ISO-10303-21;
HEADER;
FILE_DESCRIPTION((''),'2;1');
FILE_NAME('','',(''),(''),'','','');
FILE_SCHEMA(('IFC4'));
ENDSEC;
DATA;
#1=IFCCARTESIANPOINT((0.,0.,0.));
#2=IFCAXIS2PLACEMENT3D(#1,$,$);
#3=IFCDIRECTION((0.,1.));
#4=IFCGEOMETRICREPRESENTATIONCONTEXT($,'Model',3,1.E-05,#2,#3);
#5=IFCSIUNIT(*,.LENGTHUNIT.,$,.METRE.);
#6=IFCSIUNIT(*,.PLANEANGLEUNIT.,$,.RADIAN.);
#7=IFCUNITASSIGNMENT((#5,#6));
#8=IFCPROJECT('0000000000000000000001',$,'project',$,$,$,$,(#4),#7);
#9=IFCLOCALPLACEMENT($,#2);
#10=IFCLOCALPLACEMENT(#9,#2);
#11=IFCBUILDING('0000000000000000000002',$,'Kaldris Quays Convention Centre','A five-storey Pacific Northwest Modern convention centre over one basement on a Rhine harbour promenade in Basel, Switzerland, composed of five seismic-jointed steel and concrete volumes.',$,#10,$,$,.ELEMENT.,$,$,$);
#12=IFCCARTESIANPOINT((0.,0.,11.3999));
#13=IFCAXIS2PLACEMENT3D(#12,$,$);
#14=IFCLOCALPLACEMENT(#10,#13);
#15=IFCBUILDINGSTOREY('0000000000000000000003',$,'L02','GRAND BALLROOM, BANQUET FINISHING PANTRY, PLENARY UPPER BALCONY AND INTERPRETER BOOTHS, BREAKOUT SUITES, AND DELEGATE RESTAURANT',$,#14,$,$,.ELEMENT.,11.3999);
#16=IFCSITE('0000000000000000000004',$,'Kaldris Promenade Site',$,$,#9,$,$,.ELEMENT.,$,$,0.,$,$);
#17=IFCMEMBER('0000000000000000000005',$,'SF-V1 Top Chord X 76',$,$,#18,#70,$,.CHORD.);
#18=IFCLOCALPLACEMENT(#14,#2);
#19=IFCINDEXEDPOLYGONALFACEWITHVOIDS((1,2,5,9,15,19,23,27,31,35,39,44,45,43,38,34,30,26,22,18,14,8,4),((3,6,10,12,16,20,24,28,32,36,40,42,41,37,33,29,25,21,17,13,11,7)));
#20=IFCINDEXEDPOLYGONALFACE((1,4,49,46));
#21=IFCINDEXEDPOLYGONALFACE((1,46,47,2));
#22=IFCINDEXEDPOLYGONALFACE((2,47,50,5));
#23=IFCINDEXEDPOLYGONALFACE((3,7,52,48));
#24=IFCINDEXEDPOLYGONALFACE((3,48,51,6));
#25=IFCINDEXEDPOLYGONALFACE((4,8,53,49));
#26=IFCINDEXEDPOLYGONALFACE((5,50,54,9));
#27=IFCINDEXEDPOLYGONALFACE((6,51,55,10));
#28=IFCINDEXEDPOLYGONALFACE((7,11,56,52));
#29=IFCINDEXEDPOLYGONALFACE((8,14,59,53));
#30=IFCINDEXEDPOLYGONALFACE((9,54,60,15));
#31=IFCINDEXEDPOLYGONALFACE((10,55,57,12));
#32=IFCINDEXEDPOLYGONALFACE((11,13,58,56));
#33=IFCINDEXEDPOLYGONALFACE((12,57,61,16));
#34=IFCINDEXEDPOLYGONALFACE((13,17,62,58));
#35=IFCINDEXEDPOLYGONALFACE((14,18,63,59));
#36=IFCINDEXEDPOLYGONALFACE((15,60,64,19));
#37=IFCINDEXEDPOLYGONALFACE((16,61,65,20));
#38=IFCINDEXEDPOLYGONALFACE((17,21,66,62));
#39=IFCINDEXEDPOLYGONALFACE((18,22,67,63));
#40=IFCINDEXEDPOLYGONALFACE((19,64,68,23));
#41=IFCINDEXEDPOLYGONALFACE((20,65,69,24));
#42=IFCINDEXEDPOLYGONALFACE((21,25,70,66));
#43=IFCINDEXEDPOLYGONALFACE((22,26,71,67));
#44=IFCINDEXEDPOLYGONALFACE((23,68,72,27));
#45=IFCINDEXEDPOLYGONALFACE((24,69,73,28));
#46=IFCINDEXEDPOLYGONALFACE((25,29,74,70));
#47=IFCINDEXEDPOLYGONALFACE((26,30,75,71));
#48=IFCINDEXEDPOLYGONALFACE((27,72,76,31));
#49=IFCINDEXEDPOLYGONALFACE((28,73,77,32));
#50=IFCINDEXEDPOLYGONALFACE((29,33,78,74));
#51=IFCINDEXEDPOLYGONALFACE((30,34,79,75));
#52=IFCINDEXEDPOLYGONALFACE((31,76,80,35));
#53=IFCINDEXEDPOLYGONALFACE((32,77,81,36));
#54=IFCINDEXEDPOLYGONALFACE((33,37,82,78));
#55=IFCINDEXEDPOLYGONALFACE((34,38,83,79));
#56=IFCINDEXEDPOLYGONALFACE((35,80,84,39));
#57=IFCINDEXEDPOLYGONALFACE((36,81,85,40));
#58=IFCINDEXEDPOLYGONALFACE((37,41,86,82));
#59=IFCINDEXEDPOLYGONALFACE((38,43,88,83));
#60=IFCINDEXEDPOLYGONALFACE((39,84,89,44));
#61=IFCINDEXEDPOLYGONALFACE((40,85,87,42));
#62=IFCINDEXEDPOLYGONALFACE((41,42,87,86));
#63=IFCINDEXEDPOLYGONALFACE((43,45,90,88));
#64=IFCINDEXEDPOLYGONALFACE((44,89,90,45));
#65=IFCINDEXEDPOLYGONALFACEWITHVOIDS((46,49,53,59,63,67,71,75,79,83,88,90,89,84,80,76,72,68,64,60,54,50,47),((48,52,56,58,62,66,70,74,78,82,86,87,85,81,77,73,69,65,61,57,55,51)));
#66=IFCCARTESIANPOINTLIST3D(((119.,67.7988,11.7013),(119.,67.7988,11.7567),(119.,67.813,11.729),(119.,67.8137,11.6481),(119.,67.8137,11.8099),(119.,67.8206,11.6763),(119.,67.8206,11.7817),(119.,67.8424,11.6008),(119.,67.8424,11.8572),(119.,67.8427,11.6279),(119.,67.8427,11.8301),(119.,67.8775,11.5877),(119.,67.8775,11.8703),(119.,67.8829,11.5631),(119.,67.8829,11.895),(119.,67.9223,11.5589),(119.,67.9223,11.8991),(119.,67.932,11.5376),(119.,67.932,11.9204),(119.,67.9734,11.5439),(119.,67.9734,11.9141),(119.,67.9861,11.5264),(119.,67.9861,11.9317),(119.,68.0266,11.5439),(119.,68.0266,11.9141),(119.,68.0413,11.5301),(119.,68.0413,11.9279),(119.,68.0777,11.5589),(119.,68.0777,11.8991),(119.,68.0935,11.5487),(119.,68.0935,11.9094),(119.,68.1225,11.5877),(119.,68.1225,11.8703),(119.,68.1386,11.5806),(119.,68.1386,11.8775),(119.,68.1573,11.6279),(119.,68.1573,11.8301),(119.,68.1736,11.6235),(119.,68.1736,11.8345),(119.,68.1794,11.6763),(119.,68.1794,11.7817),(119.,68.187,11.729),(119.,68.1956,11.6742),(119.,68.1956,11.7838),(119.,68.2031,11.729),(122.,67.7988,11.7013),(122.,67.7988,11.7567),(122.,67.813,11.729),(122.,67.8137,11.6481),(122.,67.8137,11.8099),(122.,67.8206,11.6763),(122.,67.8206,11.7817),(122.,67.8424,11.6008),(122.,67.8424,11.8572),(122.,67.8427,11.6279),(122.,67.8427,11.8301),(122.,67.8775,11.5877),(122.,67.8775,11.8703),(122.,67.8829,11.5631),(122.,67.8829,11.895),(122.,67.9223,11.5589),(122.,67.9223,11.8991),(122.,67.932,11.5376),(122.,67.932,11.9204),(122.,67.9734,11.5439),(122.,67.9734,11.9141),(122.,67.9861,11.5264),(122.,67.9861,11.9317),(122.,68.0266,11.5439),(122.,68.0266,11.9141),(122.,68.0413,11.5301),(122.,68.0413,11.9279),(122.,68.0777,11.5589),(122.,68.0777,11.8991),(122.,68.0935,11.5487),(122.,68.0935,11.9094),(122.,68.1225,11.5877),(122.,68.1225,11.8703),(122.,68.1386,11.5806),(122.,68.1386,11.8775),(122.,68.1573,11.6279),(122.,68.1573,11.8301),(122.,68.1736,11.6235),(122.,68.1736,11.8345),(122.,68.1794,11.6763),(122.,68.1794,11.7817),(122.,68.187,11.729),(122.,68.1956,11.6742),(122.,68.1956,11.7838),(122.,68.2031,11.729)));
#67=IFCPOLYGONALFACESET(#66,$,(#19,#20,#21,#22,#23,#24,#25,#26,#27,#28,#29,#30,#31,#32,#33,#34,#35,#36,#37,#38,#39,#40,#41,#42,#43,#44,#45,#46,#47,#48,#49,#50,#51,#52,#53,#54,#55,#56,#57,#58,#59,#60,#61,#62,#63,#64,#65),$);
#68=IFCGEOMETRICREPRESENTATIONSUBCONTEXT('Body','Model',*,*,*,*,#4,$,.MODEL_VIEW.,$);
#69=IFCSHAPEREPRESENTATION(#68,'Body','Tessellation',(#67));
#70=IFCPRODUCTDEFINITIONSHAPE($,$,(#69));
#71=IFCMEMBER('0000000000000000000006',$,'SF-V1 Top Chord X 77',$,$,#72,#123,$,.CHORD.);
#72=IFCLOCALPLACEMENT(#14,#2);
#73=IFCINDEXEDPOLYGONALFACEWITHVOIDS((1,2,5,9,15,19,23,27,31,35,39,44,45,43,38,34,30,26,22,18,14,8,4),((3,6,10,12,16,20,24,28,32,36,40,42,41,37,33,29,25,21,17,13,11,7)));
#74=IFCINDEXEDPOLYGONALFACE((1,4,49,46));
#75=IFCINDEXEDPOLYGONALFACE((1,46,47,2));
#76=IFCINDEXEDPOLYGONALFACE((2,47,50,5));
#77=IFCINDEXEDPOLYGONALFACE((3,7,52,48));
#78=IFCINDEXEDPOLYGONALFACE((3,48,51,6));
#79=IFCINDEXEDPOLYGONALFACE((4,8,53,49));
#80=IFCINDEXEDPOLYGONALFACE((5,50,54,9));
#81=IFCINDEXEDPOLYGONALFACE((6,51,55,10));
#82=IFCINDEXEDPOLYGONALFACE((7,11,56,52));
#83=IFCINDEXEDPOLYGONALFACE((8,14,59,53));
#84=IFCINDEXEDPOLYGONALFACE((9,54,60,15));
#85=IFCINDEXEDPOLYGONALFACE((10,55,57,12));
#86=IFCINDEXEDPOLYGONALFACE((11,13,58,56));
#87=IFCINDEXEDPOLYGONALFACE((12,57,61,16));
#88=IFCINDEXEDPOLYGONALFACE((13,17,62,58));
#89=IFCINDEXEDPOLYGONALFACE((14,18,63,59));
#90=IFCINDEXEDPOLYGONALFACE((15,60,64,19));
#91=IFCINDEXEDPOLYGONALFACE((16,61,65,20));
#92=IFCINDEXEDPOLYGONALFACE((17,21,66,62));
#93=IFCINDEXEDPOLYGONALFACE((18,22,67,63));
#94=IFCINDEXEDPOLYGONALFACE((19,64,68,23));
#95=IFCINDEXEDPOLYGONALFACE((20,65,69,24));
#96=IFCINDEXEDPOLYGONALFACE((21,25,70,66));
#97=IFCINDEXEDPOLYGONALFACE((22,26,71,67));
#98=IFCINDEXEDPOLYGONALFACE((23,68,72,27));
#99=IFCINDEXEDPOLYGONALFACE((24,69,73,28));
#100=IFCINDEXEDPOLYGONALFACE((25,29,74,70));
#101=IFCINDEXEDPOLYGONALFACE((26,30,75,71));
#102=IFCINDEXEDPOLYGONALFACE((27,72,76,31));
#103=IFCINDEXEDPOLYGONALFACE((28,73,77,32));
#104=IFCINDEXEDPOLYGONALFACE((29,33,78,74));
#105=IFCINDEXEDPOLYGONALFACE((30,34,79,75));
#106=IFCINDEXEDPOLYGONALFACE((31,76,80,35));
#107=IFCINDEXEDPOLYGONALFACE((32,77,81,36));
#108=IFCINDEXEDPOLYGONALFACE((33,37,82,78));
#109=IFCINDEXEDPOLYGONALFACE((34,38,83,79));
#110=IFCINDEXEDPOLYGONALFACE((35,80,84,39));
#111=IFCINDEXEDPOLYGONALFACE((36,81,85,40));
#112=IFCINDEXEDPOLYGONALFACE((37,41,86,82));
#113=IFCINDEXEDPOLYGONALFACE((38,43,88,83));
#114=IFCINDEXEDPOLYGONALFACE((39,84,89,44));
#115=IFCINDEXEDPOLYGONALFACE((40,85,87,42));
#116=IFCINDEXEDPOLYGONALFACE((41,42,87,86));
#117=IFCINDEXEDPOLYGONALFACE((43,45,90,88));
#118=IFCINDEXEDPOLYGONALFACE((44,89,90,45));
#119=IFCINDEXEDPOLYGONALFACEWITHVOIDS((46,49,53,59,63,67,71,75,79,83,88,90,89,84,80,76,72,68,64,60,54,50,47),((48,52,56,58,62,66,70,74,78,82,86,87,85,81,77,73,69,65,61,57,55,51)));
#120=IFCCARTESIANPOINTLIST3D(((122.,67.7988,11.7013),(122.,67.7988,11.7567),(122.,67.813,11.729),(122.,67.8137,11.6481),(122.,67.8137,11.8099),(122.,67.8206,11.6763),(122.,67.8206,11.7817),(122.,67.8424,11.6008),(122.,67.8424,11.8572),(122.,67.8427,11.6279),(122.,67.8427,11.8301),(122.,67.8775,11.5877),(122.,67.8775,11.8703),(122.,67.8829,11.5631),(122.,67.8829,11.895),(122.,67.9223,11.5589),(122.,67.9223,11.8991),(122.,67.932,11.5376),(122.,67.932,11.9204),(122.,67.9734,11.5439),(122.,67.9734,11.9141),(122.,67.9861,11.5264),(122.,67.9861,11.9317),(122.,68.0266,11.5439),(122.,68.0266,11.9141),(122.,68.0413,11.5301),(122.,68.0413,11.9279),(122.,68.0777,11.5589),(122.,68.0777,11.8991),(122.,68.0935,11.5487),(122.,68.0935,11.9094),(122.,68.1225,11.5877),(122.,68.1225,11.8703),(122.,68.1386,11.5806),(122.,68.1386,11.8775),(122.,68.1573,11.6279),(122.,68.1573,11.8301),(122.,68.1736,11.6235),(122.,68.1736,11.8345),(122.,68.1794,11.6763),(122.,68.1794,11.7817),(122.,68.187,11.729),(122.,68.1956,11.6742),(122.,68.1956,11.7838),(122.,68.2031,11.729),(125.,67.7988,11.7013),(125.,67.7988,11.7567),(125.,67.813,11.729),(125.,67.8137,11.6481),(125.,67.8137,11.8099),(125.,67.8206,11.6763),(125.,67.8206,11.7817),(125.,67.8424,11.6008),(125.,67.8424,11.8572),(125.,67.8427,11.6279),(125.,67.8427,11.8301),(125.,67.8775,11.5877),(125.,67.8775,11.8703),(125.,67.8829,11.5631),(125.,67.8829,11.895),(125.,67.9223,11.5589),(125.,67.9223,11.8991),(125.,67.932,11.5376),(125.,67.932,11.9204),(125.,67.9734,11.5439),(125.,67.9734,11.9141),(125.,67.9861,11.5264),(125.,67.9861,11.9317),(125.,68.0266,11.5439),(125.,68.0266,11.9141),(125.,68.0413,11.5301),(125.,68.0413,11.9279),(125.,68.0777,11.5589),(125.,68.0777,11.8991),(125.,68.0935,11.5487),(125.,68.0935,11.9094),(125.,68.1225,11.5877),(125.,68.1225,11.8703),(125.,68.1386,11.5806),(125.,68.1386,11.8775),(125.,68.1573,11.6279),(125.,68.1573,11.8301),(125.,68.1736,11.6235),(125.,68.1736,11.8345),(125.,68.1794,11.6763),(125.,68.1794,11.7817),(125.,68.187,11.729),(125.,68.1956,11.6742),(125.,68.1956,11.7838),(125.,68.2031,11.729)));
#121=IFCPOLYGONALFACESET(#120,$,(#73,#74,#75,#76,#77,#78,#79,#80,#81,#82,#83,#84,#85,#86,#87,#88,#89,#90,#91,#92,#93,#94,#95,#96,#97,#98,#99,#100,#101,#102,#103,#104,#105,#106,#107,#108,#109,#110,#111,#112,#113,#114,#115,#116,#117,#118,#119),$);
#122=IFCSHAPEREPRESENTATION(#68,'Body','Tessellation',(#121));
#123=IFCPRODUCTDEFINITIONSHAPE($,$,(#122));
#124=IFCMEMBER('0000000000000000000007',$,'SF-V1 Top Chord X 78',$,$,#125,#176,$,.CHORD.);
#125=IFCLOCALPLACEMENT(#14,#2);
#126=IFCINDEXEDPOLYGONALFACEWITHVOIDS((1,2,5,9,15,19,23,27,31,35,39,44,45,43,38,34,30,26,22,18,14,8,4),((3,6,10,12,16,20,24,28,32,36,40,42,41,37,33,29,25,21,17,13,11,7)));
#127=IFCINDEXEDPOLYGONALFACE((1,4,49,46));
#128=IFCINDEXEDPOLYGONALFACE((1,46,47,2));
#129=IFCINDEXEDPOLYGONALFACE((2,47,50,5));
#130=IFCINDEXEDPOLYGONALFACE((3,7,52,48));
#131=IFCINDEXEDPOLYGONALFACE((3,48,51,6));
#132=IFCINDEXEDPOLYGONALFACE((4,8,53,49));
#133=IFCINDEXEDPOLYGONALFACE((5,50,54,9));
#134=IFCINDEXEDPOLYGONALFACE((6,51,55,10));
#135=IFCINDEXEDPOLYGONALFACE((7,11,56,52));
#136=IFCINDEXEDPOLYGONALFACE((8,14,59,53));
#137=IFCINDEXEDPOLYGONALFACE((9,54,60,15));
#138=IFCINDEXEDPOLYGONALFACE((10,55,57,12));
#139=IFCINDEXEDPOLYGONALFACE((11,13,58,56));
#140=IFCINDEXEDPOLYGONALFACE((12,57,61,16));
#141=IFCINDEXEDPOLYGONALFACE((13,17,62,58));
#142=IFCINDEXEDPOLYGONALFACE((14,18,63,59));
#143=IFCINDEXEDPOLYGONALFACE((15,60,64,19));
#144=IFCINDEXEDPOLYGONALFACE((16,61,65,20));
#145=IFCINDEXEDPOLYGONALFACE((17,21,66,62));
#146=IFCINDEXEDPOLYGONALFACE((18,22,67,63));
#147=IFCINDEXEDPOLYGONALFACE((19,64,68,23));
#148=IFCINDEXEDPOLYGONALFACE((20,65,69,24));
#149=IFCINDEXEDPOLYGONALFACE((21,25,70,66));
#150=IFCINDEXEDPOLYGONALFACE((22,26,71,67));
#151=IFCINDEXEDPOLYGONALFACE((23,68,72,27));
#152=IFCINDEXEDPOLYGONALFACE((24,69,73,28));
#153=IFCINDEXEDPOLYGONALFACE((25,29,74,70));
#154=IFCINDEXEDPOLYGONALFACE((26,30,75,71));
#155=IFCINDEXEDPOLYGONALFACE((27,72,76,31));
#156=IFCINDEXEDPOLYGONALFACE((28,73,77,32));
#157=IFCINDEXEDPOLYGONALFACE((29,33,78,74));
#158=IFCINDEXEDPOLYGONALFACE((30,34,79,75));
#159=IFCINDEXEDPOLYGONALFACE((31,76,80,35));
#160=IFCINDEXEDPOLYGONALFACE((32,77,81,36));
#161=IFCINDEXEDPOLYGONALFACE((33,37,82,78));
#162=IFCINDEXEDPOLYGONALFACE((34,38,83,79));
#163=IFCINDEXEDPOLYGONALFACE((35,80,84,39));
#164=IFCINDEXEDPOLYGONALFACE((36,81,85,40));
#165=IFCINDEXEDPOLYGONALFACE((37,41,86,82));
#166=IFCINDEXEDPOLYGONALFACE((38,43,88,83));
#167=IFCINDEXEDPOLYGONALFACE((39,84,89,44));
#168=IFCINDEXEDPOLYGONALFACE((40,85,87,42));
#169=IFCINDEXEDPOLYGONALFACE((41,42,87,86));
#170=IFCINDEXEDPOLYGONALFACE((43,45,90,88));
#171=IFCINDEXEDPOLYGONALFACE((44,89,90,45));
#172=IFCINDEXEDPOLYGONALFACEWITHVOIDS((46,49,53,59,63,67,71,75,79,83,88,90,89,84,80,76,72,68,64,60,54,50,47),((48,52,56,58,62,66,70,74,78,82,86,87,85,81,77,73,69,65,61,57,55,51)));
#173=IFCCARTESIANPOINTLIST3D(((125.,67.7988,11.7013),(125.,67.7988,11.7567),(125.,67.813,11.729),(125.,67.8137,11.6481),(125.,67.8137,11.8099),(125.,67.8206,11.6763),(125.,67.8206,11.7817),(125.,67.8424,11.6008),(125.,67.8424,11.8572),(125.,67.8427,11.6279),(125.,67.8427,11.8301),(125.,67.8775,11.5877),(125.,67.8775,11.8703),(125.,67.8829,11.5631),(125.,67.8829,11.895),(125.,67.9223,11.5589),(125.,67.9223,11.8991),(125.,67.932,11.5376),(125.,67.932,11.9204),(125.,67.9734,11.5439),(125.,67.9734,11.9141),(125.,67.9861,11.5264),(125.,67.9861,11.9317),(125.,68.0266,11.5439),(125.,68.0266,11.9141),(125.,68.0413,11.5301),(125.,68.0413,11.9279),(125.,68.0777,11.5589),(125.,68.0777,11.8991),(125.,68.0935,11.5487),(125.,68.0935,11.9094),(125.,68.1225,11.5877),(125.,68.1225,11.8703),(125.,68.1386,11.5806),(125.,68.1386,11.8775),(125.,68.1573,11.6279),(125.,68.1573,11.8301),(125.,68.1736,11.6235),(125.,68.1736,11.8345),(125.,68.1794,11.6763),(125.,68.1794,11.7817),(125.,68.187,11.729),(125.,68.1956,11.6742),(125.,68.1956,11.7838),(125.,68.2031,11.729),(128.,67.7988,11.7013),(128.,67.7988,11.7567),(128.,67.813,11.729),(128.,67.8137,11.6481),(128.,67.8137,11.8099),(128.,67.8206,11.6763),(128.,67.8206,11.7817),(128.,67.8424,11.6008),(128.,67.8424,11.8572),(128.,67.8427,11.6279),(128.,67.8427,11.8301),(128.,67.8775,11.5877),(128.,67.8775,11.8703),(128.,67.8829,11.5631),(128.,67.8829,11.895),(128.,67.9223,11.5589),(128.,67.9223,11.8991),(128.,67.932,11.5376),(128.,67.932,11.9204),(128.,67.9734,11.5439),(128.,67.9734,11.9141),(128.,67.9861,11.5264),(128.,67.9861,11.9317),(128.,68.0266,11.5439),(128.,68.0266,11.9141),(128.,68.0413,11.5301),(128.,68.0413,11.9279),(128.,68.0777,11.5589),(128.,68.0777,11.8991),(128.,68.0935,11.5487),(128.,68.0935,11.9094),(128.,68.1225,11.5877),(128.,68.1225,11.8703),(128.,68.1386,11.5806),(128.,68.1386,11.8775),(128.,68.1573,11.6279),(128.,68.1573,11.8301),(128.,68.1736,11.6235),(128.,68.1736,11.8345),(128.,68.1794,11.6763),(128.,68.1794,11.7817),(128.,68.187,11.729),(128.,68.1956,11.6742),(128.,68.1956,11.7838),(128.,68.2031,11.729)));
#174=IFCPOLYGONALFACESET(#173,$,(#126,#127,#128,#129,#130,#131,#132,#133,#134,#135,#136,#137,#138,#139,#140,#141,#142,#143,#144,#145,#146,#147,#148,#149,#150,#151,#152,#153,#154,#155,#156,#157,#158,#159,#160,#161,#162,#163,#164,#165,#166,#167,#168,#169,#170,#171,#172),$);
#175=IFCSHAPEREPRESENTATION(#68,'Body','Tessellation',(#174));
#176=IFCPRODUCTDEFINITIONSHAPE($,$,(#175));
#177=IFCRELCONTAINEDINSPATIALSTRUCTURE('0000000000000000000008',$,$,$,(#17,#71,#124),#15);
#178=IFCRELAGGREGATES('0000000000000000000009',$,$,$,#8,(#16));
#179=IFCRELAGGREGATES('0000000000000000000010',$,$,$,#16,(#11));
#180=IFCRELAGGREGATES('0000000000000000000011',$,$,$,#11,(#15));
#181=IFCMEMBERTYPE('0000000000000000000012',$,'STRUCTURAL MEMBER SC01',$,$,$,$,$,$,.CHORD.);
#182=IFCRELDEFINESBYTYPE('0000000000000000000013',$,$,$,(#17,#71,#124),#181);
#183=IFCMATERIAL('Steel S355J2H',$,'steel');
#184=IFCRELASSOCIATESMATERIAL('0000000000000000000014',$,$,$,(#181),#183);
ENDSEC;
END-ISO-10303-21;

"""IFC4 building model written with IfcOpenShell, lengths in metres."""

from ifc_helpers import new_model, si_unit, direction, frame, origin, origin_2d, place, context, subcontext, project, spatial, hollow_circle, extrude, material, material_profile, profile_set, type_object, element, save


model = new_model("IFC4")

# Units and contexts
model_context = context("Model", 3, precision=1e-05, world=origin(), true_north=direction((0.0, 1.0)))
body_context = subcontext(model_context, "Body", "Model", "MODEL_VIEW")
ifc_project = project(units=[si_unit("LENGTHUNIT", "METRE"), si_unit("PLANEANGLEUNIT", "RADIAN")], contexts=[model_context])

# Site, building, storey
site_placement = place(None, origin())
site = spatial("IfcSite", under=ifc_project, at=site_placement, Name="Kaldris Promenade Site", CompositionType="ELEMENT", RefElevation=0.0)
building_placement = place(site_placement, origin())
building = spatial("IfcBuilding", under=site, at=building_placement, Name="Kaldris Quays Convention Centre", Description="A five-storey Pacific Northwest Modern convention centre over one basement on a Rhine harbour promenade in Basel, Switzerland, composed of five seismic-jointed steel and concrete volumes.", CompositionType="ELEMENT")
storey_placement = place(building_placement, frame((0.0, 0.0, 11.3999)))
storey = spatial("IfcBuildingStorey", under=building, at=storey_placement, Name="L02", Description="GRAND BALLROOM, BANQUET FINISHING PANTRY, PLENARY UPPER BALCONY AND INTERPRETER BOOTHS, BREAKOUT SUITES, AND DELEGATE RESTAURANT", CompositionType="ELEMENT", Elevation=11.3999)

# Members
ifc_material_1 = material(Name="Steel S355J2H", Category="steel")
ifc_material_profile_1 = material_profile(ifc_material_1, hollow_circle(Radius=0.2031, WallThickness=0.0161, at=origin_2d()), Name="CHS 406.4x16")
ifc_profile_set_1 = profile_set([ifc_material_profile_1], Name="Steel S355J2H")
member_type_1 = type_object("IfcMemberType", Name="STRUCTURAL MEMBER SC01", PredefinedType="CHORD", material=ifc_profile_set_1)
for number, where, z_axis, x_axis, name in (
    (1, (119.0, 68.0, 11.729), (1.0, 0.0, 0.0), (0.0, 1.0, 0.0), "SF-V1 Top Chord X 76"),
    (2, (122.0, 68.0, 11.729), (1.0, 0.0, 0.0), (0.0, 1.0, 0.0), "SF-V1 Top Chord X 77"),
    (3, (125.0, 68.0, 11.729), (1.0, 0.0, 0.0), (0.0, 1.0, 0.0), "SF-V1 Top Chord X 78"),
):
    element("IfcMember", number, at=place(storey_placement, frame(where, z_axis=z_axis, x_axis=x_axis)), inside=storey, type_object=member_type_1, Name=name, PredefinedType="CHORD", context=body_context, shape_type="SweptSolid", body=[
        extrude(hollow_circle(Radius=0.2031, WallThickness=0.0161, at=origin_2d()), origin(), (0.0, 0.0, 1.0), 3.0),
    ])

save(model, "model.ifc")
